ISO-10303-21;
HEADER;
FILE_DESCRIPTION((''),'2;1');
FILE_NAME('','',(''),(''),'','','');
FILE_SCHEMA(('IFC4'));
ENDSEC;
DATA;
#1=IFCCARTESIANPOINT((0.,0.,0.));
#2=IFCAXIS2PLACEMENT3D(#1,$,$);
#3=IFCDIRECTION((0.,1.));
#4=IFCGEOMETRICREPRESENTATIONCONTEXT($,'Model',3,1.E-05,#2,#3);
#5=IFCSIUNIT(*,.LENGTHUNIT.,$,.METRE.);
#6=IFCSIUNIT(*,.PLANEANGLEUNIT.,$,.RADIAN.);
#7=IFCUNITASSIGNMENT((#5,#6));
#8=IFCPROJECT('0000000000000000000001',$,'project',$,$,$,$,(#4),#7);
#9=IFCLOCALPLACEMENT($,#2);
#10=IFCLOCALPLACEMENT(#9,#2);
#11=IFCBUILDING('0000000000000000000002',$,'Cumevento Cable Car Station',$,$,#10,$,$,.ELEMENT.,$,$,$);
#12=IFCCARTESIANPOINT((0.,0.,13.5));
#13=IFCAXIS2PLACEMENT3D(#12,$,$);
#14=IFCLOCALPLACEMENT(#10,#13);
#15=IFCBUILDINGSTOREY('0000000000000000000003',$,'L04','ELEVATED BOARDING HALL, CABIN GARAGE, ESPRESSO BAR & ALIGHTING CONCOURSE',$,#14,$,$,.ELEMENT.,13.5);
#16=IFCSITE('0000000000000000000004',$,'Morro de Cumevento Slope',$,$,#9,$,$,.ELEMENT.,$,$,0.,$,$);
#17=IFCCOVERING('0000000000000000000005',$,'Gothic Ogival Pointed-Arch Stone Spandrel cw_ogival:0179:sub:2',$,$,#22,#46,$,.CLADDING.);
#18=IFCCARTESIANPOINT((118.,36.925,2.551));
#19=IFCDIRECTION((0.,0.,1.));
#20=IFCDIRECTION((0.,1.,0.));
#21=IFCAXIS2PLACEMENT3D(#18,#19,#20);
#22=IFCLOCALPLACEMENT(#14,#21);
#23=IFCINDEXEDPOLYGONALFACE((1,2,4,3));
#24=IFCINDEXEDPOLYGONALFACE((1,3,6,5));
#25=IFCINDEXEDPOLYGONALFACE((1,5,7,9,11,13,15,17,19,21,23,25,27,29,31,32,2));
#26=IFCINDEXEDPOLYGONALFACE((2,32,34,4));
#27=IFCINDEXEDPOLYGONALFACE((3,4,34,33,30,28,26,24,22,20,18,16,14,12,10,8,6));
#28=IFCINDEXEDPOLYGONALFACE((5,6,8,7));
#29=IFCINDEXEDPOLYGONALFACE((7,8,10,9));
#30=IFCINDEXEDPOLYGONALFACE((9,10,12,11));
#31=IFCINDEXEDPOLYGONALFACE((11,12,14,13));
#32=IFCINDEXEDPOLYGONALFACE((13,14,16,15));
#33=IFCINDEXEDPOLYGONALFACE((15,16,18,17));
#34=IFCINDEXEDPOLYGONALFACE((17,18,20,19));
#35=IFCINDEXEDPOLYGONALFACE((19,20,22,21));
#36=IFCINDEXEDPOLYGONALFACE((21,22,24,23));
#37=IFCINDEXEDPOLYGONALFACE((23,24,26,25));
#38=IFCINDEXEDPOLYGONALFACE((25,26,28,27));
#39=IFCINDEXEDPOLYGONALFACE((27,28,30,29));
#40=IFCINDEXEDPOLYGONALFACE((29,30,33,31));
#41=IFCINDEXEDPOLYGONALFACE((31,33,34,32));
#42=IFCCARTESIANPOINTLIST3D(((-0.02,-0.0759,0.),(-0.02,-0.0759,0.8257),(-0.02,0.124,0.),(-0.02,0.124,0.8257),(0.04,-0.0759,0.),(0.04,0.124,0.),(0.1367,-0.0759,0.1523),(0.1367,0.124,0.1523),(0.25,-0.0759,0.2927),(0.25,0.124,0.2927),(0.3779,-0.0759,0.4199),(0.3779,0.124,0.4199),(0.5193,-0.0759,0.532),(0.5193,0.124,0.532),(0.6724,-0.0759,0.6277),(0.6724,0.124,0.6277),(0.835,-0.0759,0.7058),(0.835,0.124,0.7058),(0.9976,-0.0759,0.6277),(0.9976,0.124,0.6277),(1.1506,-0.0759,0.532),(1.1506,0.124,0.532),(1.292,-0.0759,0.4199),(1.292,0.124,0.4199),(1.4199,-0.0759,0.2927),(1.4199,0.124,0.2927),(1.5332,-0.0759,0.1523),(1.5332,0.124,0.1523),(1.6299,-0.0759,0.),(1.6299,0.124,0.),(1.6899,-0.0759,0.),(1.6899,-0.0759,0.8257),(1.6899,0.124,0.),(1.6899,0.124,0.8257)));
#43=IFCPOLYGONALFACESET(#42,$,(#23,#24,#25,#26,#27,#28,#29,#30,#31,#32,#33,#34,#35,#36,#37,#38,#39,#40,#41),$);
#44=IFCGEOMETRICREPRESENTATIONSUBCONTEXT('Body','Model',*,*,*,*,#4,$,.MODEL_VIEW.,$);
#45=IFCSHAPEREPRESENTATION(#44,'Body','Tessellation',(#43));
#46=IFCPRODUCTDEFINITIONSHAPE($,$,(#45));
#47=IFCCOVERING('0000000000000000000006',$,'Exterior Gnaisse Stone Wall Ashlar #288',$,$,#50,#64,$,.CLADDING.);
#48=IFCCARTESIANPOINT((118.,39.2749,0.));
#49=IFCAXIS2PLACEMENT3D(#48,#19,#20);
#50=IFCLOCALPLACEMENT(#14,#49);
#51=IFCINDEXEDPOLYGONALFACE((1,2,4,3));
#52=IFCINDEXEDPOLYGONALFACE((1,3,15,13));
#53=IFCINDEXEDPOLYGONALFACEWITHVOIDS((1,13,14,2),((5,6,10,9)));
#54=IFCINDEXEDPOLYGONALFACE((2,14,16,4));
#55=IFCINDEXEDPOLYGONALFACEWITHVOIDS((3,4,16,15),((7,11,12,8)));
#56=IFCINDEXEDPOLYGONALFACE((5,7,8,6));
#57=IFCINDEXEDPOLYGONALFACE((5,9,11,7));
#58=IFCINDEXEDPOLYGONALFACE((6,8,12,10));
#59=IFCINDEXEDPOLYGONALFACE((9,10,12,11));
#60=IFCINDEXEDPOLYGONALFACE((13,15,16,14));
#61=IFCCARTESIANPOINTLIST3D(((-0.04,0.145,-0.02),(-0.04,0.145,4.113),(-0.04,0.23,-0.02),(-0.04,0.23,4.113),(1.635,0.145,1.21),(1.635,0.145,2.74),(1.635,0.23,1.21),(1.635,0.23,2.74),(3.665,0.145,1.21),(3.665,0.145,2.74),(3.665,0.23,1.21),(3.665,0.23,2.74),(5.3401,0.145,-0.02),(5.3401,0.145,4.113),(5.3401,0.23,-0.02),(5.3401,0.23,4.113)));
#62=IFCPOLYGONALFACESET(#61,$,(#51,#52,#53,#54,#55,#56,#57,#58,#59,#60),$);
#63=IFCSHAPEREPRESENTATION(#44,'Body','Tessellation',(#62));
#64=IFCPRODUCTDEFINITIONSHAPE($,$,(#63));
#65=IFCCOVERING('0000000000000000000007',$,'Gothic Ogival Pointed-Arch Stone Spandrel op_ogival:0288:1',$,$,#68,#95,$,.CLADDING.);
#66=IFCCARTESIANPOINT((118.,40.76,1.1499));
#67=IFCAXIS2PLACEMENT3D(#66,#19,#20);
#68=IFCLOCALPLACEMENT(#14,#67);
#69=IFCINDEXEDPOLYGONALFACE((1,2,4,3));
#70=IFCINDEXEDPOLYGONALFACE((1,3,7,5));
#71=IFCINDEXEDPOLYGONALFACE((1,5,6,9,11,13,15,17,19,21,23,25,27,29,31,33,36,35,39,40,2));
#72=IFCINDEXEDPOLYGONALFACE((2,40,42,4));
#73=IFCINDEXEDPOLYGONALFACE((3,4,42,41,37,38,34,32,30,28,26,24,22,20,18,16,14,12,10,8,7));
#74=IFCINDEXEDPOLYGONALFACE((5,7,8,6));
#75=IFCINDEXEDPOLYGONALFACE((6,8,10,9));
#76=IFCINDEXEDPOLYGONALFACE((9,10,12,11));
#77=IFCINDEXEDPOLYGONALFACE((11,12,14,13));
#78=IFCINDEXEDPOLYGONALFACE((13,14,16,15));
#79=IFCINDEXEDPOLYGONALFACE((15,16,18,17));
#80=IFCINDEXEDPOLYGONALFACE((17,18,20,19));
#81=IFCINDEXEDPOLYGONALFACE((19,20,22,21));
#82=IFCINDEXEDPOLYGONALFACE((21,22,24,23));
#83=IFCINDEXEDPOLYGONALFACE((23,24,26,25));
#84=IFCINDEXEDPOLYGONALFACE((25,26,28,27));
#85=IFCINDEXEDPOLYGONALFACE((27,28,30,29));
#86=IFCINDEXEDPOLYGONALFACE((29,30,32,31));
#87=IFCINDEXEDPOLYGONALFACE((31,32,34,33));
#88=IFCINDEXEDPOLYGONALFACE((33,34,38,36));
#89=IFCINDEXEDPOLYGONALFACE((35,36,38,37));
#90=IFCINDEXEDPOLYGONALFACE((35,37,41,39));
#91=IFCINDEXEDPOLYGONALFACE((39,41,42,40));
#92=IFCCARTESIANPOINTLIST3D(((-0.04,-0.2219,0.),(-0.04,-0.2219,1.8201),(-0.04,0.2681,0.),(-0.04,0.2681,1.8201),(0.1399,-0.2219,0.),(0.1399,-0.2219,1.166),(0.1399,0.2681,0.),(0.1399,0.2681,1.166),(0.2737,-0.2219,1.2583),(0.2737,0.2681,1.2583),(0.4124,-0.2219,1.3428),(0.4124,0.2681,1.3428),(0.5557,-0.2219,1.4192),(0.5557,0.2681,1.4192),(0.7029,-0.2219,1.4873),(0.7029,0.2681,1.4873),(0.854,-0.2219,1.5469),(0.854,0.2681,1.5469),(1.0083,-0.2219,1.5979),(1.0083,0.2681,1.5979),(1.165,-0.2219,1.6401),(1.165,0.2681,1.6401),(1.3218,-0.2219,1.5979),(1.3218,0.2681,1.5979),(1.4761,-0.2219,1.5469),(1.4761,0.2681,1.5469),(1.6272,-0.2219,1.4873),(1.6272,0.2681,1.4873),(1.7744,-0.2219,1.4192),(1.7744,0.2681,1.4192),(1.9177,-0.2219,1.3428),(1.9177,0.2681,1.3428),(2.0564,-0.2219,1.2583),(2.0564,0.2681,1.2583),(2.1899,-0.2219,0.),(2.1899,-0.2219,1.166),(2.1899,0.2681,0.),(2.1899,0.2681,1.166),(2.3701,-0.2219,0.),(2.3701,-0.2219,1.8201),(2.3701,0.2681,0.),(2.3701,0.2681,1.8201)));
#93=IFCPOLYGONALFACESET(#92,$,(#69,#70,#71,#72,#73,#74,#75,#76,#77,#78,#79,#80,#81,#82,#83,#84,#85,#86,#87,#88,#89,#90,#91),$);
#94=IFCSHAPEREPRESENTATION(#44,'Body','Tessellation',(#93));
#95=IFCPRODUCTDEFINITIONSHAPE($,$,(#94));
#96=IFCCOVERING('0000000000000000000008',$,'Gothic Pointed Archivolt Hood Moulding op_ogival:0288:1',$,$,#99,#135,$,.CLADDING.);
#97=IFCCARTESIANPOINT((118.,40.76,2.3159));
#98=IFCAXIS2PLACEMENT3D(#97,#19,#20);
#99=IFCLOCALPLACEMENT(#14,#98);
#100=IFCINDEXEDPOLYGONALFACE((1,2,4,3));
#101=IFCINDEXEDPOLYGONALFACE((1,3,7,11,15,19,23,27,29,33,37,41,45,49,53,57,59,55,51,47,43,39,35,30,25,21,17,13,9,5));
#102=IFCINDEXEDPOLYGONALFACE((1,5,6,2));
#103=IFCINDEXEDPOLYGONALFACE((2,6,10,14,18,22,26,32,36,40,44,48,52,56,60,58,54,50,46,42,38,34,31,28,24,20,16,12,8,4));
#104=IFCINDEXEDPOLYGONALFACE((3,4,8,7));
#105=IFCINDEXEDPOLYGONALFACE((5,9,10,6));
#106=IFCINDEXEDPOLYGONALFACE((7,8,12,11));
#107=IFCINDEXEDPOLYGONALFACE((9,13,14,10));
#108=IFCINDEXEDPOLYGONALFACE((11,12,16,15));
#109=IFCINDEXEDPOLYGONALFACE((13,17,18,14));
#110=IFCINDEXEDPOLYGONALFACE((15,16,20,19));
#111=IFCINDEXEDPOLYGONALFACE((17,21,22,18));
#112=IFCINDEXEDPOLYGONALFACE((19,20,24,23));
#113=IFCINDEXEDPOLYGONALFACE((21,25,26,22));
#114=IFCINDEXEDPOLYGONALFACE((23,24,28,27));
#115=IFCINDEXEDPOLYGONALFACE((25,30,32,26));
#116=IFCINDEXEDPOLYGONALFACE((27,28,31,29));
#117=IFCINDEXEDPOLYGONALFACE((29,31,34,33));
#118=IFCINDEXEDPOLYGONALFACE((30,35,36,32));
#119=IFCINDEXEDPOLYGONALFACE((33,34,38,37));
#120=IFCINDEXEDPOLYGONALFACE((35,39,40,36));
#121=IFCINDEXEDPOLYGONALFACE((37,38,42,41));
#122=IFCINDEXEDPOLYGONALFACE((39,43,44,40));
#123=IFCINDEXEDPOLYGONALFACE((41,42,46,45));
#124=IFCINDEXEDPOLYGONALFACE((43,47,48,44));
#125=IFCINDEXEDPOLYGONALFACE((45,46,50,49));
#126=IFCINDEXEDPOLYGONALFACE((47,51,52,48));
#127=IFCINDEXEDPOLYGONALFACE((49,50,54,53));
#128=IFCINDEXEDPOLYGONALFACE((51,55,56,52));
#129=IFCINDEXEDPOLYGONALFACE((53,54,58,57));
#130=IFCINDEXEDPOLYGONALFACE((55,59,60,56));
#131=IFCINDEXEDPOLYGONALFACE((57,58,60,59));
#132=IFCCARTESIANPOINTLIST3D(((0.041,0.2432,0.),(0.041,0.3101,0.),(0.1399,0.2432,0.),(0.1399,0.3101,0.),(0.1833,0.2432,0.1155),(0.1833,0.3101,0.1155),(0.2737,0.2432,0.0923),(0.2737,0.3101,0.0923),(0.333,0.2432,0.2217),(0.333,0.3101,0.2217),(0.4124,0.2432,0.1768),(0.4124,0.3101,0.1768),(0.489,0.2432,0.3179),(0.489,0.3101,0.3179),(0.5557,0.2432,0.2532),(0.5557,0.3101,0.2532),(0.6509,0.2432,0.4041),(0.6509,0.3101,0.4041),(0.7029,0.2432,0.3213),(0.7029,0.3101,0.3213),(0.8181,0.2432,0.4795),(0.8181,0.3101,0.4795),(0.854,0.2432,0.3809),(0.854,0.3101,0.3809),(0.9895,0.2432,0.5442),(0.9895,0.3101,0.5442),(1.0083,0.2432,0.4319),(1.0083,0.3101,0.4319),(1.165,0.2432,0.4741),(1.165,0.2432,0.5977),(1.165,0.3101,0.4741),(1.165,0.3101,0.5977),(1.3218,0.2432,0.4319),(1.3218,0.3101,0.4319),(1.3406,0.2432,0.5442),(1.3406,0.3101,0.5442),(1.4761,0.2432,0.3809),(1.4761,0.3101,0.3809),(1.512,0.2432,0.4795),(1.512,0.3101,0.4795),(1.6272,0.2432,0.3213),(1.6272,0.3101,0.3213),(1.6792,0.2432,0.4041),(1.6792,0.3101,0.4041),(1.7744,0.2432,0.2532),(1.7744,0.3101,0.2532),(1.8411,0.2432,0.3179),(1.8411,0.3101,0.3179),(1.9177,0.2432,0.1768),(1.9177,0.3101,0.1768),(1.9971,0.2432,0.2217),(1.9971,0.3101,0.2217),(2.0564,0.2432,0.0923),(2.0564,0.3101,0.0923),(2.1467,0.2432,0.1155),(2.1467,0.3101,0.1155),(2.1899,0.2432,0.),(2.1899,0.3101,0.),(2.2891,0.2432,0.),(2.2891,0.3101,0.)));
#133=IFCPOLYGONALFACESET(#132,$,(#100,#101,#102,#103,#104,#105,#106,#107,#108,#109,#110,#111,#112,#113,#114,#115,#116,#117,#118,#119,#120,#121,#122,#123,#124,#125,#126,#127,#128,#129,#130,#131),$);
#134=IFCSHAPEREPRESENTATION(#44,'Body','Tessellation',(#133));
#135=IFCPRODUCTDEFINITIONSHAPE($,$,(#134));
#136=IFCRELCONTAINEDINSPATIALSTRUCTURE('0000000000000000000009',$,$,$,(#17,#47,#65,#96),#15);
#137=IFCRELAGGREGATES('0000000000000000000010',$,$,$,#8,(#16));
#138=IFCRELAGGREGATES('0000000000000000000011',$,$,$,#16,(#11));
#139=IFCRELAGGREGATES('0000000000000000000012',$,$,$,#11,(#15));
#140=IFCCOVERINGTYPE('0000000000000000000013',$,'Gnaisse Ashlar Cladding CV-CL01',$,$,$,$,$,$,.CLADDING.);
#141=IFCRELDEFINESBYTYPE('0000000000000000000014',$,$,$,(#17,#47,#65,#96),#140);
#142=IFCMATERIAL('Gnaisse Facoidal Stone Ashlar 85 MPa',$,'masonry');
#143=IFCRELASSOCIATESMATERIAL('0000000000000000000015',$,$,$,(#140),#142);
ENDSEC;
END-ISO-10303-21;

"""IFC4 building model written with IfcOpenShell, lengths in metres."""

from ifc_helpers import new_model, si_unit, direction, frame, origin, place, context, subcontext, project, spatial, polyline, outline, extrude, material, type_object, element, save


model = new_model("IFC4")

# Units and contexts
model_context = context("Model", 3, precision=1e-05, world=origin(), true_north=direction((0.0, 1.0)))
body_context = subcontext(model_context, "Body", "Model", "MODEL_VIEW")
ifc_project = project(units=[si_unit("LENGTHUNIT", "METRE"), si_unit("PLANEANGLEUNIT", "RADIAN")], contexts=[model_context])

# Site, building, storey
site_placement = place(None, origin())
site = spatial("IfcSite", under=ifc_project, at=site_placement, Name="Morro de Cumevento Slope", CompositionType="ELEMENT", RefElevation=0.0)
building_placement = place(site_placement, origin())
building = spatial("IfcBuilding", under=site, at=building_placement, Name="Cumevento Cable Car Station", CompositionType="ELEMENT")
storey_placement = place(building_placement, frame((0.0, 0.0, 13.5)))
storey = spatial("IfcBuildingStorey", under=building, at=storey_placement, Name="L04", Description="ELEVATED BOARDING HALL, CABIN GARAGE, ESPRESSO BAR & ALIGHTING CONCOURSE", CompositionType="ELEMENT", Elevation=13.5)

# Coverings
ifc_material_1 = material(Name="Gnaisse Facoidal Stone Ashlar 85 MPa", Category="masonry")
covering_type = type_object("IfcCoveringType", Name="Gnaisse Ashlar Cladding CV-CL01", PredefinedType="CLADDING", material=ifc_material_1)
covering_1_placement = place(storey_placement, frame((118.0, 36.925, 2.551), z_axis=(0.0, 0.0, 1.0), x_axis=(0.0, 1.0, 0.0)))
element("IfcCovering", 1, at=covering_1_placement, inside=storey, type_object=covering_type, Name="Gothic Ogival Pointed-Arch Stone Spandrel cw_ogival:0179:sub:2", PredefinedType="CLADDING", context=body_context, shape_type="SweptSolid", body=[
    extrude(outline(polyline([(-0.02, 0.0), (-0.02, 0.8257), (1.6899, 0.8257), (1.6899, 0.0), (1.6299, 0.0), (1.5332, 0.1523), (1.4199, 0.2927), (1.292, 0.4199), (1.1506, 0.532), (0.9976, 0.6277), (0.835, 0.7058), (0.6724, 0.6277), (0.5193, 0.532), (0.3779, 0.4199), (0.25, 0.2927), (0.1367, 0.1523), (0.04, 0.0), (-0.02, 0.0)])), frame((0.0, 0.124, 0.0), z_axis=(0.0, -1.0, 0.0), x_axis=(1.0, 0.0, 0.0)), (0.0, 0.0, 1.0), 0.2),
])
covering_2_placement = place(storey_placement, frame((118.0, 39.2749, 0.0), z_axis=(0.0, 0.0, 1.0), x_axis=(0.0, 1.0, 0.0)))
element("IfcCovering", 2, at=covering_2_placement, inside=storey, type_object=covering_type, Name="Exterior Gnaisse Stone Wall Ashlar #288", PredefinedType="CLADDING", context=body_context, shape_type="SweptSolid", body=[
    extrude(outline(polyline([(-0.04, -0.02), (5.3401, -0.02), (5.3401, 4.113), (-0.04, 4.113), (-0.04, -0.02)]), holes=[polyline([(1.635, 1.21), (3.665, 1.21), (3.665, 2.74), (1.635, 2.74), (1.635, 1.21)])]), frame((0.0, 0.23, 0.0), z_axis=(0.0, -1.0, 0.0), x_axis=(1.0, 0.0, 0.0)), (0.0, 0.0, 1.0), 0.085),
])
covering_3_placement = place(storey_placement, frame((118.0, 40.76, 1.1499), z_axis=(0.0, 0.0, 1.0), x_axis=(0.0, 1.0, 0.0)))
element("IfcCovering", 3, at=covering_3_placement, inside=storey, type_object=covering_type, Name="Gothic Ogival Pointed-Arch Stone Spandrel op_ogival:0288:1", PredefinedType="CLADDING", context=body_context, shape_type="SweptSolid", body=[
    extrude(outline(polyline([(-0.04, 0.0), (-0.04, 1.8201), (2.3701, 1.8201), (2.3701, 0.0), (2.1899, 0.0), (2.1899, 1.166), (2.0564, 1.2583), (1.9177, 1.3428), (1.7744, 1.4192), (1.6272, 1.4873), (1.4761, 1.5469), (1.3218, 1.5979), (1.165, 1.6401), (1.0083, 1.5979), (0.854, 1.5469), (0.7029, 1.4873), (0.5557, 1.4192), (0.4124, 1.3428), (0.2737, 1.2583), (0.1399, 1.166), (0.1399, 0.0), (-0.04, 0.0)])), frame((0.0, 0.2681, 0.0), z_axis=(0.0, -1.0, 0.0), x_axis=(1.0, 0.0, 0.0)), (0.0, 0.0, 1.0), 0.49),
])
covering_4_placement = place(storey_placement, frame((118.0, 40.76, 2.3159), z_axis=(0.0, 0.0, 1.0), x_axis=(0.0, 1.0, 0.0)))
element("IfcCovering", 4, at=covering_4_placement, inside=storey, type_object=covering_type, Name="Gothic Pointed Archivolt Hood Moulding op_ogival:0288:1", PredefinedType="CLADDING", context=body_context, shape_type="SweptSolid", body=[
    extrude(outline(polyline([(0.1399, 0.0), (0.2737, 0.0923), (0.4124, 0.1768), (0.5557, 0.2532), (0.7029, 0.3213), (0.854, 0.3809), (1.0083, 0.4319), (1.165, 0.4741), (1.3218, 0.4319), (1.4761, 0.3809), (1.6272, 0.3213), (1.7744, 0.2532), (1.9177, 0.1768), (2.0564, 0.0923), (2.1899, 0.0), (2.2891, 0.0), (2.1467, 0.1155), (1.9971, 0.2217), (1.8411, 0.3179), (1.6792, 0.4041), (1.512, 0.4795), (1.3406, 0.5442), (1.165, 0.5977), (0.9895, 0.5442), (0.8181, 0.4795), (0.6509, 0.4041), (0.489, 0.3179), (0.333, 0.2217), (0.1833, 0.1155), (0.041, 0.0), (0.1399, 0.0)])), frame((0.0, 0.3101, 0.0), z_axis=(0.0, -1.0, 0.0), x_axis=(1.0, 0.0, 0.0)), (0.0, 0.0, 1.0), 0.0669),
])

save(model, "model.ifc")
